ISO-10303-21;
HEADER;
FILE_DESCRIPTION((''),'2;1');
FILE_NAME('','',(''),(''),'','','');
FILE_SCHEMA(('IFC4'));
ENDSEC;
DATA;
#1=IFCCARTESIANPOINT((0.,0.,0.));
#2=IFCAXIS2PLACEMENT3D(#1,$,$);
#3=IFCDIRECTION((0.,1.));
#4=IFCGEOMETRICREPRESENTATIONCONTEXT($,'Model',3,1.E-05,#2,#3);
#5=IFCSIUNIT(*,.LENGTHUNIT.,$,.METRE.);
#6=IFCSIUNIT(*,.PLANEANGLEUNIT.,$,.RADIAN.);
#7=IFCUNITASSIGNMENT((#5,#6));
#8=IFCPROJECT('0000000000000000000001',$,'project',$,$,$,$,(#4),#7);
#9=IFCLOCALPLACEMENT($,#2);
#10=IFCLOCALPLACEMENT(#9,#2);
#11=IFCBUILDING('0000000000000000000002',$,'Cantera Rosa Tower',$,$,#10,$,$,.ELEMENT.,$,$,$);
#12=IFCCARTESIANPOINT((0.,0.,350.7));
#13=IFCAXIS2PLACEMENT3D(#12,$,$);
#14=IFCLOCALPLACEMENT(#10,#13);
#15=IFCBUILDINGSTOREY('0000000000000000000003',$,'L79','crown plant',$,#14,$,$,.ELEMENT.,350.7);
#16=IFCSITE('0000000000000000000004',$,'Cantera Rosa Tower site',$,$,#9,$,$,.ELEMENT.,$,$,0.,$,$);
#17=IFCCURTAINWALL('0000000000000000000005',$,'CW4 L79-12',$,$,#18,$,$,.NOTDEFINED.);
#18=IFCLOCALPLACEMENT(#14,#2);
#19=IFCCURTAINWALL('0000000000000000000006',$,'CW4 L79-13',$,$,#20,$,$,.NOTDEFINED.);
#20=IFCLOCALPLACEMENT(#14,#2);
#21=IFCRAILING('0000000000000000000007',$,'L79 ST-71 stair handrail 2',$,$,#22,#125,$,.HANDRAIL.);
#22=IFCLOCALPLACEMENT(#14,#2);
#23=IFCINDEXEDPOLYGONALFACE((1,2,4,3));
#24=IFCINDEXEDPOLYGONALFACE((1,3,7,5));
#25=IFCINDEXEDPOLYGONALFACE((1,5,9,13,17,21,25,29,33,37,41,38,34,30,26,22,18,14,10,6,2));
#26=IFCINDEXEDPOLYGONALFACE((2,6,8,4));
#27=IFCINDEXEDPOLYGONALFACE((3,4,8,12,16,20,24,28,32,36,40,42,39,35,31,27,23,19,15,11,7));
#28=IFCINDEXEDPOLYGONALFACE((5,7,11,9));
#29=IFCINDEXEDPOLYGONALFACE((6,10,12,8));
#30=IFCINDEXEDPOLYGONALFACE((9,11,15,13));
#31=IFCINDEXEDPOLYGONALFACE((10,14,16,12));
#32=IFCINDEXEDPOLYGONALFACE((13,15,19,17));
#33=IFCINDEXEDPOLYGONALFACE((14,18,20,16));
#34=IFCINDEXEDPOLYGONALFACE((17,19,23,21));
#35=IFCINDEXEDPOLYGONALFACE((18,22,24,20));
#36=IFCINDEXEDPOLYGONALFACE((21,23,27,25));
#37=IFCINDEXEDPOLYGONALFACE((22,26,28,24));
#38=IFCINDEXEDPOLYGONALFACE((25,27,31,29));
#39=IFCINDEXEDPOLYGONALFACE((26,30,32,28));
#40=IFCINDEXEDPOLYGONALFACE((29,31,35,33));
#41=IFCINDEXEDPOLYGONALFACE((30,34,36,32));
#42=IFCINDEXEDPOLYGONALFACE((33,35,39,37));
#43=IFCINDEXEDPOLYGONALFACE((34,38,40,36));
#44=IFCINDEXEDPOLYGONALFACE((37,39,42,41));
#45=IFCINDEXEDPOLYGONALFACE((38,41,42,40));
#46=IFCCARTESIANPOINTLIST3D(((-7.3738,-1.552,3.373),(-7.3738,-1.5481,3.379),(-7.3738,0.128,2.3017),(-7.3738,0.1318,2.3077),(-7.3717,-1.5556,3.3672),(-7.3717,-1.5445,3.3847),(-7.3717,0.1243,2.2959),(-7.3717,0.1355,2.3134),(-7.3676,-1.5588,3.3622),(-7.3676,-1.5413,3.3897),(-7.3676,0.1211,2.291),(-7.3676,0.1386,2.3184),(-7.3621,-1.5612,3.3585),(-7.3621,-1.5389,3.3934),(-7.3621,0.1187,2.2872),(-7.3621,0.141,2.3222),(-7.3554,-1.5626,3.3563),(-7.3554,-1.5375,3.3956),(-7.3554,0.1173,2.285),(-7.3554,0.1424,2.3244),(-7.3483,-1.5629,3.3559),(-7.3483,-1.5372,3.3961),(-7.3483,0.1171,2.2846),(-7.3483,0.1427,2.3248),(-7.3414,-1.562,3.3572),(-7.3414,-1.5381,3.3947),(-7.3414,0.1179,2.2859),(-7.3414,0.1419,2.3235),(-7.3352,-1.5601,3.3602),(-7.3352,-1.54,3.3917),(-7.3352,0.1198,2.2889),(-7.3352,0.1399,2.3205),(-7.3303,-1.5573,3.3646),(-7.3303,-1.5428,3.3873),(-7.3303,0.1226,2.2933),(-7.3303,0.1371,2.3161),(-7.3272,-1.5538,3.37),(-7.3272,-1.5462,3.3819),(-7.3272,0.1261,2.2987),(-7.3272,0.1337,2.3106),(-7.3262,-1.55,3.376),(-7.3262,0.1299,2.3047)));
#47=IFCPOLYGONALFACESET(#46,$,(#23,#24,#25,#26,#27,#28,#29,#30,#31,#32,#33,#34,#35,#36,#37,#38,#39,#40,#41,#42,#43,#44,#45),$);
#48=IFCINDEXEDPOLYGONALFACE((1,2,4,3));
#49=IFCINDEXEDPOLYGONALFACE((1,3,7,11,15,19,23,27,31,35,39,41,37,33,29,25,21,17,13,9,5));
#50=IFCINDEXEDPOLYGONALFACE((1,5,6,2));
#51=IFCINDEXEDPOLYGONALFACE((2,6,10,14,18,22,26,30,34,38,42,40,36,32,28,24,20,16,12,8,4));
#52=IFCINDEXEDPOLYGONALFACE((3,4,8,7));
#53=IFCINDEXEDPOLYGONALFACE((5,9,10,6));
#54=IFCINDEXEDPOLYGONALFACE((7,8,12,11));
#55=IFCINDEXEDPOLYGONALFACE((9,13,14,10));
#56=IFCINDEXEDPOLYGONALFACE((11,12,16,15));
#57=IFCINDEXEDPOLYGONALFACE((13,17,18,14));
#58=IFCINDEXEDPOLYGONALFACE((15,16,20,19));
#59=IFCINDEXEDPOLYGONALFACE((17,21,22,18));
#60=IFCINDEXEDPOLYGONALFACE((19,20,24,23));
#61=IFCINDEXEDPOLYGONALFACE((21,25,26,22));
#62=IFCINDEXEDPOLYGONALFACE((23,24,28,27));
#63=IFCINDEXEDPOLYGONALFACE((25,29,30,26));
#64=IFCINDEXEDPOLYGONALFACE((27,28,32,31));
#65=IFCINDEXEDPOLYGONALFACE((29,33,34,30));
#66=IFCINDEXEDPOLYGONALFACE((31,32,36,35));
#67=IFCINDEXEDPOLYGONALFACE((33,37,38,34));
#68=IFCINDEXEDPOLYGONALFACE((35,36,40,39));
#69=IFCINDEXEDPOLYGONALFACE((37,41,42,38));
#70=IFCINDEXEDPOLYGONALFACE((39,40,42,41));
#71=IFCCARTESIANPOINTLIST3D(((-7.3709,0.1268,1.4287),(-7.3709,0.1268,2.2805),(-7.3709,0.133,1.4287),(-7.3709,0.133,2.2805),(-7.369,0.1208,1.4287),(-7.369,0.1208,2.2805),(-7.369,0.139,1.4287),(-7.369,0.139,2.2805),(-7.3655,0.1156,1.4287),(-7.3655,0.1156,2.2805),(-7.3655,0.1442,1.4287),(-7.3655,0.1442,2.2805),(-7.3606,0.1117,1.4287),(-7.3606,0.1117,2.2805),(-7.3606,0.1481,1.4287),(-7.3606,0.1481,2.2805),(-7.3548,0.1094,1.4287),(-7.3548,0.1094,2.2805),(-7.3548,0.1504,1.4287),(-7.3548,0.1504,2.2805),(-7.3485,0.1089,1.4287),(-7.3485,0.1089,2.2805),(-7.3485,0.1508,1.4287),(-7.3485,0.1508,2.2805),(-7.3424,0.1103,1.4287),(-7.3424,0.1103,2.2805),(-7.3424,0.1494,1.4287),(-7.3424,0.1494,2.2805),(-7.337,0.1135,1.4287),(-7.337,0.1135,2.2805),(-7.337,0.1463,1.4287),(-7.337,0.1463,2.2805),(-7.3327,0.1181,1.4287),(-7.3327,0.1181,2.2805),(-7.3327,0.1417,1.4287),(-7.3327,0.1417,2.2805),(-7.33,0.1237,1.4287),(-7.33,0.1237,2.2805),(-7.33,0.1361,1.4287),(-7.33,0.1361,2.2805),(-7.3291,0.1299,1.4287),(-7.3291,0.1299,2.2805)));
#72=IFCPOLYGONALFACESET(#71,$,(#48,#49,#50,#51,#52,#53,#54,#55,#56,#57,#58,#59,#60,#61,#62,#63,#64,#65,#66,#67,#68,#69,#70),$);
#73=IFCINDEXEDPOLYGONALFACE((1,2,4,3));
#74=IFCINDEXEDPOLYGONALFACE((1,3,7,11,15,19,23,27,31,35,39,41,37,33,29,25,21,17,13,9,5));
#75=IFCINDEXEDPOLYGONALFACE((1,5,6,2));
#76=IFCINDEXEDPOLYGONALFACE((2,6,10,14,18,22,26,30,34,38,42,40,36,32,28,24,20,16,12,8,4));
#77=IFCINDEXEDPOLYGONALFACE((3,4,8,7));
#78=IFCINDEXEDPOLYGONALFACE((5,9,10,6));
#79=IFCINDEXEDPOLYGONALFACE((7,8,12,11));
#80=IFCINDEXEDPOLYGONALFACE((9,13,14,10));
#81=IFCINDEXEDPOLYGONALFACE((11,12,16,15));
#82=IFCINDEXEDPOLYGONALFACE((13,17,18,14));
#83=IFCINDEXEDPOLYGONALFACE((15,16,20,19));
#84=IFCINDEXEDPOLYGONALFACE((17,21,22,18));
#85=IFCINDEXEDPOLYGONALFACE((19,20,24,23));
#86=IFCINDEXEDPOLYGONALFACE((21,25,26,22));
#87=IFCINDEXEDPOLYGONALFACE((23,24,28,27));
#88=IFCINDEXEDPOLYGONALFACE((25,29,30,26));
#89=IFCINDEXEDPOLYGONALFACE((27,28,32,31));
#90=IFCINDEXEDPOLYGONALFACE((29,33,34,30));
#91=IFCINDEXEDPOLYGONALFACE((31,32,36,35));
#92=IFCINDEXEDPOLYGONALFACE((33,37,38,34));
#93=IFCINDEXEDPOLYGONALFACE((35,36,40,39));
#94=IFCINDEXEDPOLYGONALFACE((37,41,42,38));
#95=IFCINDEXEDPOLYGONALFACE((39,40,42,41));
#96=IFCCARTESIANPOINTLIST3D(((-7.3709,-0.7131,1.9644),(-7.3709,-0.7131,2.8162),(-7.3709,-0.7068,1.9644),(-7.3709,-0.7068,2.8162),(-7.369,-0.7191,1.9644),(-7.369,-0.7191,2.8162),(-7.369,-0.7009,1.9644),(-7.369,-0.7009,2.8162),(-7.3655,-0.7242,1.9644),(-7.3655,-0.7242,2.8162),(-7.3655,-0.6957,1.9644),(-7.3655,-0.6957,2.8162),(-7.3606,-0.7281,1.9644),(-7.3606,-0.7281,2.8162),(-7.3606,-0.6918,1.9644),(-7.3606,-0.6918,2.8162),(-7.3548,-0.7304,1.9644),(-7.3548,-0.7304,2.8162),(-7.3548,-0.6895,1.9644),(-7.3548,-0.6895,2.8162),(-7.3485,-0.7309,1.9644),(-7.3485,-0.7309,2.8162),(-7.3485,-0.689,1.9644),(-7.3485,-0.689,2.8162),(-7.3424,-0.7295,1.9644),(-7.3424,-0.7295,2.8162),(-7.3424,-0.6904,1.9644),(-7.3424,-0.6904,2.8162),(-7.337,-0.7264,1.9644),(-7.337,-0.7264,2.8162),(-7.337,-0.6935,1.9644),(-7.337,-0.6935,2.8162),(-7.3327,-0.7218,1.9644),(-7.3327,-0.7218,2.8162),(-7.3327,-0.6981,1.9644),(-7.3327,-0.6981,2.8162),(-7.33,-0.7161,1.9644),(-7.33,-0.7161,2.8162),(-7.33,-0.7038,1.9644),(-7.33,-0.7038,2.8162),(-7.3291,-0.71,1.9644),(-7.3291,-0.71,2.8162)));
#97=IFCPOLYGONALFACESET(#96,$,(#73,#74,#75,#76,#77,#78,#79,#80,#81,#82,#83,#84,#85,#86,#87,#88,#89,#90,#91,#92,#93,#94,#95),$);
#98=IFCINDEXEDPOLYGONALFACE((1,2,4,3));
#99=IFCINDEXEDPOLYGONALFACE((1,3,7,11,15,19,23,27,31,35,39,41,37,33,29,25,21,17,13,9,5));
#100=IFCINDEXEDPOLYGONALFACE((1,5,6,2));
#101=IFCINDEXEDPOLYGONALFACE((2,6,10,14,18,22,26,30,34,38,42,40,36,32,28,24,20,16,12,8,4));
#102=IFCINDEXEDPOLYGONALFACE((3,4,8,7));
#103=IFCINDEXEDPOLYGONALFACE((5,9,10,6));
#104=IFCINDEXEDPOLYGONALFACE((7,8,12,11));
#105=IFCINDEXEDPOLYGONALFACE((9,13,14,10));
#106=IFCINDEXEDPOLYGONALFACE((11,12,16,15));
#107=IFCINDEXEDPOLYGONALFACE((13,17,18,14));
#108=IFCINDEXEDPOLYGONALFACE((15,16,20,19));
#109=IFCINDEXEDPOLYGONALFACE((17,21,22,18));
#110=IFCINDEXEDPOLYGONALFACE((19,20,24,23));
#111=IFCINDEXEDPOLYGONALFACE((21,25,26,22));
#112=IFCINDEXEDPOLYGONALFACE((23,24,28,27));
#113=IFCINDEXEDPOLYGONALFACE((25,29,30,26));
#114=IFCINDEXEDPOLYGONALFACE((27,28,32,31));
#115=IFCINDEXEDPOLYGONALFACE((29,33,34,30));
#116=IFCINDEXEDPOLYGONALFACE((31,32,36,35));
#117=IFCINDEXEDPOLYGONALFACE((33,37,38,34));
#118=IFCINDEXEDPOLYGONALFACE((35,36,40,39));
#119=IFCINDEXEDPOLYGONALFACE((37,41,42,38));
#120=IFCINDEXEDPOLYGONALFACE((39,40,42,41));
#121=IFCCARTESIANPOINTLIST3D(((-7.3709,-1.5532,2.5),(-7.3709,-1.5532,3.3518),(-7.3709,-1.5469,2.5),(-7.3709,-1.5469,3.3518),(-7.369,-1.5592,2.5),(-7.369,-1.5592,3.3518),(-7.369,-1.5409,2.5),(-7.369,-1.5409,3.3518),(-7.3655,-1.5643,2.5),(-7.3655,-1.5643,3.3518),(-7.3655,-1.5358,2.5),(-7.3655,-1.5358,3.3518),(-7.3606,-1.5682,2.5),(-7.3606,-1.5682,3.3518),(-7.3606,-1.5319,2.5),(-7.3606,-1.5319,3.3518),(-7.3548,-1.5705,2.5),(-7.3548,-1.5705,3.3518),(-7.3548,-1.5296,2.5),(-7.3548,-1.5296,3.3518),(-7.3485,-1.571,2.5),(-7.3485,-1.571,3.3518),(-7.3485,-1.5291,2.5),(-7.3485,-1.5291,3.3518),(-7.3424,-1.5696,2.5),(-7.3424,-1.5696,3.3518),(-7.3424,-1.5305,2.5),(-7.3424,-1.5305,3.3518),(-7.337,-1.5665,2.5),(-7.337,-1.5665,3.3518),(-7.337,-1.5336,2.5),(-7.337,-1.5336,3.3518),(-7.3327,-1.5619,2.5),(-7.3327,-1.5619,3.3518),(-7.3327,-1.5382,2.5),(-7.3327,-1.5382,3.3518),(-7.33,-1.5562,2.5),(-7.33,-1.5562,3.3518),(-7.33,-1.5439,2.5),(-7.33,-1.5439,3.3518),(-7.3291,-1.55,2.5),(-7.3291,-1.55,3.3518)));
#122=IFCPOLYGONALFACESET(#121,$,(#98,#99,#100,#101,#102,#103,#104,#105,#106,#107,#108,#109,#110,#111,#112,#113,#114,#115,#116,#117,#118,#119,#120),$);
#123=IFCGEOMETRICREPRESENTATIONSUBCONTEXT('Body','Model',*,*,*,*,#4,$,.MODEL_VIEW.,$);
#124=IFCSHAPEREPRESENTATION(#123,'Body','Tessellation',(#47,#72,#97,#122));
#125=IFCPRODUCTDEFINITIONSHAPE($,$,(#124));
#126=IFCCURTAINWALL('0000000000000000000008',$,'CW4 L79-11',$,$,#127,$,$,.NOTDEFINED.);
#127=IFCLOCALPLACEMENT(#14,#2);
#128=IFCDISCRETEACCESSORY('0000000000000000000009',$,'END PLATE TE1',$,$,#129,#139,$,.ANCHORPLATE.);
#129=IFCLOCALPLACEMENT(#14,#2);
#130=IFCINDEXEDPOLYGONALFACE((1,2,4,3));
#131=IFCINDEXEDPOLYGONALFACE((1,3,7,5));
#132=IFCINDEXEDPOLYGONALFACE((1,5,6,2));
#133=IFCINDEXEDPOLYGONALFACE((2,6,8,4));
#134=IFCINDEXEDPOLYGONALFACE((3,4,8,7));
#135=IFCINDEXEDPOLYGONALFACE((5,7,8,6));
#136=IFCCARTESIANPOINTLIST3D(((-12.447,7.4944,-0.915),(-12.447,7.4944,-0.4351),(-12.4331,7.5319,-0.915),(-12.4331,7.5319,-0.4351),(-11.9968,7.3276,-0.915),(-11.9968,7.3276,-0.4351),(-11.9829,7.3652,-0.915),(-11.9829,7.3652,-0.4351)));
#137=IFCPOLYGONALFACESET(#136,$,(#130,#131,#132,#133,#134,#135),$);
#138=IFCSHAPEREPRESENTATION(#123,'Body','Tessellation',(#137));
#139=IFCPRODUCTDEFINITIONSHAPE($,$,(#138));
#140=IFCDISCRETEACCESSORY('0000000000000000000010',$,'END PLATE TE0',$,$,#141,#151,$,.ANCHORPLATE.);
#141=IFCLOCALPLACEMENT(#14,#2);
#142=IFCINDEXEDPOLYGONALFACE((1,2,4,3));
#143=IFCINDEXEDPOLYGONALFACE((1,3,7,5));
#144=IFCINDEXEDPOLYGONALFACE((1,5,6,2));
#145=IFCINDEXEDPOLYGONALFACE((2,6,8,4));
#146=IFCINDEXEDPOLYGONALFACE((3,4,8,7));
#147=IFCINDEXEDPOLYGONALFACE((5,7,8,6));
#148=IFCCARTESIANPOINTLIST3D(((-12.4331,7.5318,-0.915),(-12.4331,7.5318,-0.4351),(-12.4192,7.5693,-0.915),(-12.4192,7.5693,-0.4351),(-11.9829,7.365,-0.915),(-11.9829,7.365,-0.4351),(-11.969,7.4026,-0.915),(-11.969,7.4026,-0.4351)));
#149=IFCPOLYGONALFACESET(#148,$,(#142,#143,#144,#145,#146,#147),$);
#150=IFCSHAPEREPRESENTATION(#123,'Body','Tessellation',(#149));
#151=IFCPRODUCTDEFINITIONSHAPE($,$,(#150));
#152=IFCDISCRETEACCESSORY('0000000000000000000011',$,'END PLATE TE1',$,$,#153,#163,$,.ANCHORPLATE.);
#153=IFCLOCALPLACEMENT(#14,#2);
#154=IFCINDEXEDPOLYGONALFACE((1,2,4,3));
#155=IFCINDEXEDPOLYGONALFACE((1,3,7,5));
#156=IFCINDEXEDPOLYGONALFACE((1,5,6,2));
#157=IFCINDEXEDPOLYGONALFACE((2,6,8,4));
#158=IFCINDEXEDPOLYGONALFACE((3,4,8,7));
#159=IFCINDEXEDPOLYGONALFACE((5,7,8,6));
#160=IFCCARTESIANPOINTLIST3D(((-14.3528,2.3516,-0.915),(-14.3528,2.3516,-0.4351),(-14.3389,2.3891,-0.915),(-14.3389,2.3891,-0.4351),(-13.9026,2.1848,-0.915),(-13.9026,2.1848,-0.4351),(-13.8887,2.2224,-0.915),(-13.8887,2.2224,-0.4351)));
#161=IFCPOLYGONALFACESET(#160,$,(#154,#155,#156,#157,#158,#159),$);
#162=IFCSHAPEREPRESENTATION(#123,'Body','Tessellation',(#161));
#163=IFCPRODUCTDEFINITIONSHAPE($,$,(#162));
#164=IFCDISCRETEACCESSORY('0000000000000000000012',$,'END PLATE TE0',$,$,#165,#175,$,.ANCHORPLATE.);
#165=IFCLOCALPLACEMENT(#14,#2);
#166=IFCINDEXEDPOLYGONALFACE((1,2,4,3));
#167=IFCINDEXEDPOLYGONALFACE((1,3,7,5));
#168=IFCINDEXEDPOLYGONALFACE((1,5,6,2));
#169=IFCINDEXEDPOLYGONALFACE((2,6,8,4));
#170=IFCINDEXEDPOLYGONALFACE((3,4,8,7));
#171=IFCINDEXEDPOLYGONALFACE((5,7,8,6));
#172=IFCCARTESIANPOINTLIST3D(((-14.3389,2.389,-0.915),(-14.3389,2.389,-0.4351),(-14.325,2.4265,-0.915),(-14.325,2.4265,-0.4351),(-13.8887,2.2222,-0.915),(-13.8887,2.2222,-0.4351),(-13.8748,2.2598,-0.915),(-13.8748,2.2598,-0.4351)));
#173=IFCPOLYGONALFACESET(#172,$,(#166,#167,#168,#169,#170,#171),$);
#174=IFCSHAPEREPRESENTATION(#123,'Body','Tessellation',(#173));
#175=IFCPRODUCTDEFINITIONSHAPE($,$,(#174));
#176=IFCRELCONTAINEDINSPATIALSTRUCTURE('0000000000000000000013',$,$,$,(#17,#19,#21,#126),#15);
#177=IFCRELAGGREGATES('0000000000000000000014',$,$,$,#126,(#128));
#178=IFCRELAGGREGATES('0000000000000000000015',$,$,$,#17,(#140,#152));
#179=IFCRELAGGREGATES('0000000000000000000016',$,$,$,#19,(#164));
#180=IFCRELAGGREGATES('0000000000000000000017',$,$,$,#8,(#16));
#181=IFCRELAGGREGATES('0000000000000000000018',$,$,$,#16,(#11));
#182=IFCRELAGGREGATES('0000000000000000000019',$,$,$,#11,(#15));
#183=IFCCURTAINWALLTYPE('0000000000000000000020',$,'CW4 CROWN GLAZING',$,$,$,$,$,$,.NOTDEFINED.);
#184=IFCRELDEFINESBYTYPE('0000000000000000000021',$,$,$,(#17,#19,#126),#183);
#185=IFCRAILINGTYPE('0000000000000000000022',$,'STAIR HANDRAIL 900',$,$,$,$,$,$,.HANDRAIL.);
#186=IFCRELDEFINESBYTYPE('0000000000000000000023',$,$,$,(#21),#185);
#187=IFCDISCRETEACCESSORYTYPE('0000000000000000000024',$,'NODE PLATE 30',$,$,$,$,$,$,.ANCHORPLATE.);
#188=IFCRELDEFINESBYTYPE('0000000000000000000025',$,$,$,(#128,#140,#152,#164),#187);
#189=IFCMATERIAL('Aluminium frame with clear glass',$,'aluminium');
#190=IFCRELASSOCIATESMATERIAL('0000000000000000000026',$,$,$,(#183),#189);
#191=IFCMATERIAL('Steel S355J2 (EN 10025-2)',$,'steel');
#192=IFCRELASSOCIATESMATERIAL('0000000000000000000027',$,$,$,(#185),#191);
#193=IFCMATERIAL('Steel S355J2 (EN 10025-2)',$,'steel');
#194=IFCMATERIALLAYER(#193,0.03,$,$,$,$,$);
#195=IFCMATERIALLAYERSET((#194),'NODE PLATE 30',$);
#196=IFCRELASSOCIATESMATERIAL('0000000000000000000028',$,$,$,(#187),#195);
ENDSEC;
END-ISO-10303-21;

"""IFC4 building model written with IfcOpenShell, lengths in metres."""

from ifc_helpers import new_model, si_unit, direction, frame, origin, origin_2d, place, context, subcontext, project, spatial, polyline, circle, outline, extrude, material, layer, layer_set, type_object, element, aggregate, save


model = new_model("IFC4")

# Units and contexts
model_context = context("Model", 3, precision=1e-05, world=origin(), true_north=direction((0.0, 1.0)))
body_context = subcontext(model_context, "Body", "Model", "MODEL_VIEW")
ifc_project = project(units=[si_unit("LENGTHUNIT", "METRE"), si_unit("PLANEANGLEUNIT", "RADIAN")], contexts=[model_context])

# Site, building, storey
site_placement = place(None, origin())
site = spatial("IfcSite", under=ifc_project, at=site_placement, Name="Cantera Rosa Tower site", CompositionType="ELEMENT", RefElevation=0.0)
building_placement = place(site_placement, origin())
building = spatial("IfcBuilding", under=site, at=building_placement, Name="Cantera Rosa Tower", CompositionType="ELEMENT")
storey_placement = place(building_placement, frame((0.0, 0.0, 350.7)))
storey = spatial("IfcBuildingStorey", under=building, at=storey_placement, Name="L79", Description="crown plant", CompositionType="ELEMENT", Elevation=350.7)

# Curtain walls
ifc_material_1 = material(Name="Aluminium frame with clear glass", Category="aluminium")
curtain_wall_type = type_object("IfcCurtainWallType", Name="CW4 CROWN GLAZING", PredefinedType="NOTDEFINED", material=ifc_material_1)
curtain_wall_1_placement = place(storey_placement, origin())
curtain_wall_1 = element("IfcCurtainWall", 1, at=curtain_wall_1_placement, inside=storey, type_object=curtain_wall_type, Name="CW4 L79-12", PredefinedType="NOTDEFINED")
curtain_wall_2_placement = place(storey_placement, origin())
curtain_wall_2 = element("IfcCurtainWall", 2, at=curtain_wall_2_placement, inside=storey, type_object=curtain_wall_type, Name="CW4 L79-13", PredefinedType="NOTDEFINED")

# Railing
ifc_material_2 = material(Name="Steel S355J2 (EN 10025-2)", Category="steel")
railing_type = type_object("IfcRailingType", Name="STAIR HANDRAIL 900", PredefinedType="HANDRAIL", material=ifc_material_2)
railing_placement = place(storey_placement, frame((-7.3501, 0.1299, 1.4287)))
element("IfcRailing", 3, at=railing_placement, inside=storey, type_object=railing_type, Name="L79 ST-71 stair handrail 2", PredefinedType="HANDRAIL", context=body_context, shape_type="SweptSolid", body=[
    extrude(circle(Radius=0.0239, at=origin_2d()), frame((0.0, 0.0, 0.876), z_axis=(0.0, -0.843152, 0.537676), x_axis=(1.0, 0.0, 0.0)), (0.0, 0.0, 1.0), 1.9924),
    extrude(circle(Radius=0.021, at=origin_2d()), origin(), (0.0, 0.0, 1.0), 0.8518),
    extrude(circle(Radius=0.021, at=origin_2d()), frame((0.0, -0.8398, 0.5356)), (0.0, 0.0, 1.0), 0.8518),
    extrude(circle(Radius=0.021, at=origin_2d()), frame((0.0, -1.6799, 1.0713)), (0.0, 0.0, 1.0), 0.8518),
])

# Curtain wall, discrete accessory
curtain_wall_3_placement = place(storey_placement, origin())
curtain_wall_3 = element("IfcCurtainWall", 4, at=curtain_wall_3_placement, inside=storey, type_object=curtain_wall_type, Name="CW4 L79-11", PredefinedType="NOTDEFINED")
ifc_material_3 = material(Name="Steel S355J2 (EN 10025-2)", Category="steel")
ifc_layer_1 = layer(ifc_material_3, 0.03)
ifc_layer_set_1 = layer_set([ifc_layer_1], Name="NODE PLATE 30")
discrete_accessory_type = type_object("IfcDiscreteAccessoryType", Name="NODE PLATE 30", PredefinedType="ANCHORPLATE", material=ifc_layer_set_1)
discrete_accessory_1_placement = place(storey_placement, frame((-11.9968, 7.3276, -0.4351), z_axis=(-0.347331, -0.937743, 0.0), x_axis=(-0.937743, 0.347331, 0.0)))
discrete_accessory_1 = element("IfcDiscreteAccessory", 5, at=discrete_accessory_1_placement, type_object=discrete_accessory_type, Name="END PLATE TE1", PredefinedType="ANCHORPLATE", context=body_context, shape_type="SweptSolid", body=[
    extrude(outline(polyline([(0.0, 0.0), (0.4801, 0.0), (0.4801, 0.48), (0.0, 0.48), (0.0, 0.0)])), origin(), (0.0, 0.0, -1.0), 0.04),
])
aggregate(curtain_wall_3, [discrete_accessory_1])

# Discrete accessories
discrete_accessory_2_placement = place(storey_placement, frame((-12.4192, 7.5693, -0.4351), z_axis=(0.347331, 0.937743, 0.0), x_axis=(0.937743, -0.347331, 0.0)))
discrete_accessory_2 = element("IfcDiscreteAccessory", 6, at=discrete_accessory_2_placement, type_object=discrete_accessory_type, Name="END PLATE TE0", PredefinedType="ANCHORPLATE", context=body_context, shape_type="SweptSolid", body=[
    extrude(outline(polyline([(0.0, 0.0), (0.4801, 0.0), (0.4801, 0.48), (0.0, 0.48), (0.0, 0.0)])), origin(), (0.0, 0.0, -1.0), 0.04),
])
discrete_accessory_3_placement = place(storey_placement, frame((-13.9026, 2.1848, -0.4351), z_axis=(-0.347331, -0.937743, 0.0), x_axis=(-0.937743, 0.347331, 0.0)))
discrete_accessory_3 = element("IfcDiscreteAccessory", 7, at=discrete_accessory_3_placement, type_object=discrete_accessory_type, Name="END PLATE TE1", PredefinedType="ANCHORPLATE", context=body_context, shape_type="SweptSolid", body=[
    extrude(outline(polyline([(0.0, 0.0), (0.4801, 0.0), (0.4801, 0.48), (0.0, 0.48), (0.0, 0.0)])), origin(), (0.0, 0.0, -1.0), 0.04),
])
aggregate(curtain_wall_1, [discrete_accessory_2, discrete_accessory_3])
discrete_accessory_4_placement = place(storey_placement, frame((-14.325, 2.4265, -0.4351), z_axis=(0.347331, 0.937743, 0.0), x_axis=(0.937743, -0.347331, 0.0)))
discrete_accessory_4 = element("IfcDiscreteAccessory", 8, at=discrete_accessory_4_placement, type_object=discrete_accessory_type, Name="END PLATE TE0", PredefinedType="ANCHORPLATE", context=body_context, shape_type="SweptSolid", body=[
    extrude(outline(polyline([(0.0, 0.0), (0.4801, 0.0), (0.4801, 0.48), (0.0, 0.48), (0.0, 0.0)])), origin(), (0.0, 0.0, -1.0), 0.04),
])
aggregate(curtain_wall_2, [discrete_accessory_4])

save(model, "model.ifc")
